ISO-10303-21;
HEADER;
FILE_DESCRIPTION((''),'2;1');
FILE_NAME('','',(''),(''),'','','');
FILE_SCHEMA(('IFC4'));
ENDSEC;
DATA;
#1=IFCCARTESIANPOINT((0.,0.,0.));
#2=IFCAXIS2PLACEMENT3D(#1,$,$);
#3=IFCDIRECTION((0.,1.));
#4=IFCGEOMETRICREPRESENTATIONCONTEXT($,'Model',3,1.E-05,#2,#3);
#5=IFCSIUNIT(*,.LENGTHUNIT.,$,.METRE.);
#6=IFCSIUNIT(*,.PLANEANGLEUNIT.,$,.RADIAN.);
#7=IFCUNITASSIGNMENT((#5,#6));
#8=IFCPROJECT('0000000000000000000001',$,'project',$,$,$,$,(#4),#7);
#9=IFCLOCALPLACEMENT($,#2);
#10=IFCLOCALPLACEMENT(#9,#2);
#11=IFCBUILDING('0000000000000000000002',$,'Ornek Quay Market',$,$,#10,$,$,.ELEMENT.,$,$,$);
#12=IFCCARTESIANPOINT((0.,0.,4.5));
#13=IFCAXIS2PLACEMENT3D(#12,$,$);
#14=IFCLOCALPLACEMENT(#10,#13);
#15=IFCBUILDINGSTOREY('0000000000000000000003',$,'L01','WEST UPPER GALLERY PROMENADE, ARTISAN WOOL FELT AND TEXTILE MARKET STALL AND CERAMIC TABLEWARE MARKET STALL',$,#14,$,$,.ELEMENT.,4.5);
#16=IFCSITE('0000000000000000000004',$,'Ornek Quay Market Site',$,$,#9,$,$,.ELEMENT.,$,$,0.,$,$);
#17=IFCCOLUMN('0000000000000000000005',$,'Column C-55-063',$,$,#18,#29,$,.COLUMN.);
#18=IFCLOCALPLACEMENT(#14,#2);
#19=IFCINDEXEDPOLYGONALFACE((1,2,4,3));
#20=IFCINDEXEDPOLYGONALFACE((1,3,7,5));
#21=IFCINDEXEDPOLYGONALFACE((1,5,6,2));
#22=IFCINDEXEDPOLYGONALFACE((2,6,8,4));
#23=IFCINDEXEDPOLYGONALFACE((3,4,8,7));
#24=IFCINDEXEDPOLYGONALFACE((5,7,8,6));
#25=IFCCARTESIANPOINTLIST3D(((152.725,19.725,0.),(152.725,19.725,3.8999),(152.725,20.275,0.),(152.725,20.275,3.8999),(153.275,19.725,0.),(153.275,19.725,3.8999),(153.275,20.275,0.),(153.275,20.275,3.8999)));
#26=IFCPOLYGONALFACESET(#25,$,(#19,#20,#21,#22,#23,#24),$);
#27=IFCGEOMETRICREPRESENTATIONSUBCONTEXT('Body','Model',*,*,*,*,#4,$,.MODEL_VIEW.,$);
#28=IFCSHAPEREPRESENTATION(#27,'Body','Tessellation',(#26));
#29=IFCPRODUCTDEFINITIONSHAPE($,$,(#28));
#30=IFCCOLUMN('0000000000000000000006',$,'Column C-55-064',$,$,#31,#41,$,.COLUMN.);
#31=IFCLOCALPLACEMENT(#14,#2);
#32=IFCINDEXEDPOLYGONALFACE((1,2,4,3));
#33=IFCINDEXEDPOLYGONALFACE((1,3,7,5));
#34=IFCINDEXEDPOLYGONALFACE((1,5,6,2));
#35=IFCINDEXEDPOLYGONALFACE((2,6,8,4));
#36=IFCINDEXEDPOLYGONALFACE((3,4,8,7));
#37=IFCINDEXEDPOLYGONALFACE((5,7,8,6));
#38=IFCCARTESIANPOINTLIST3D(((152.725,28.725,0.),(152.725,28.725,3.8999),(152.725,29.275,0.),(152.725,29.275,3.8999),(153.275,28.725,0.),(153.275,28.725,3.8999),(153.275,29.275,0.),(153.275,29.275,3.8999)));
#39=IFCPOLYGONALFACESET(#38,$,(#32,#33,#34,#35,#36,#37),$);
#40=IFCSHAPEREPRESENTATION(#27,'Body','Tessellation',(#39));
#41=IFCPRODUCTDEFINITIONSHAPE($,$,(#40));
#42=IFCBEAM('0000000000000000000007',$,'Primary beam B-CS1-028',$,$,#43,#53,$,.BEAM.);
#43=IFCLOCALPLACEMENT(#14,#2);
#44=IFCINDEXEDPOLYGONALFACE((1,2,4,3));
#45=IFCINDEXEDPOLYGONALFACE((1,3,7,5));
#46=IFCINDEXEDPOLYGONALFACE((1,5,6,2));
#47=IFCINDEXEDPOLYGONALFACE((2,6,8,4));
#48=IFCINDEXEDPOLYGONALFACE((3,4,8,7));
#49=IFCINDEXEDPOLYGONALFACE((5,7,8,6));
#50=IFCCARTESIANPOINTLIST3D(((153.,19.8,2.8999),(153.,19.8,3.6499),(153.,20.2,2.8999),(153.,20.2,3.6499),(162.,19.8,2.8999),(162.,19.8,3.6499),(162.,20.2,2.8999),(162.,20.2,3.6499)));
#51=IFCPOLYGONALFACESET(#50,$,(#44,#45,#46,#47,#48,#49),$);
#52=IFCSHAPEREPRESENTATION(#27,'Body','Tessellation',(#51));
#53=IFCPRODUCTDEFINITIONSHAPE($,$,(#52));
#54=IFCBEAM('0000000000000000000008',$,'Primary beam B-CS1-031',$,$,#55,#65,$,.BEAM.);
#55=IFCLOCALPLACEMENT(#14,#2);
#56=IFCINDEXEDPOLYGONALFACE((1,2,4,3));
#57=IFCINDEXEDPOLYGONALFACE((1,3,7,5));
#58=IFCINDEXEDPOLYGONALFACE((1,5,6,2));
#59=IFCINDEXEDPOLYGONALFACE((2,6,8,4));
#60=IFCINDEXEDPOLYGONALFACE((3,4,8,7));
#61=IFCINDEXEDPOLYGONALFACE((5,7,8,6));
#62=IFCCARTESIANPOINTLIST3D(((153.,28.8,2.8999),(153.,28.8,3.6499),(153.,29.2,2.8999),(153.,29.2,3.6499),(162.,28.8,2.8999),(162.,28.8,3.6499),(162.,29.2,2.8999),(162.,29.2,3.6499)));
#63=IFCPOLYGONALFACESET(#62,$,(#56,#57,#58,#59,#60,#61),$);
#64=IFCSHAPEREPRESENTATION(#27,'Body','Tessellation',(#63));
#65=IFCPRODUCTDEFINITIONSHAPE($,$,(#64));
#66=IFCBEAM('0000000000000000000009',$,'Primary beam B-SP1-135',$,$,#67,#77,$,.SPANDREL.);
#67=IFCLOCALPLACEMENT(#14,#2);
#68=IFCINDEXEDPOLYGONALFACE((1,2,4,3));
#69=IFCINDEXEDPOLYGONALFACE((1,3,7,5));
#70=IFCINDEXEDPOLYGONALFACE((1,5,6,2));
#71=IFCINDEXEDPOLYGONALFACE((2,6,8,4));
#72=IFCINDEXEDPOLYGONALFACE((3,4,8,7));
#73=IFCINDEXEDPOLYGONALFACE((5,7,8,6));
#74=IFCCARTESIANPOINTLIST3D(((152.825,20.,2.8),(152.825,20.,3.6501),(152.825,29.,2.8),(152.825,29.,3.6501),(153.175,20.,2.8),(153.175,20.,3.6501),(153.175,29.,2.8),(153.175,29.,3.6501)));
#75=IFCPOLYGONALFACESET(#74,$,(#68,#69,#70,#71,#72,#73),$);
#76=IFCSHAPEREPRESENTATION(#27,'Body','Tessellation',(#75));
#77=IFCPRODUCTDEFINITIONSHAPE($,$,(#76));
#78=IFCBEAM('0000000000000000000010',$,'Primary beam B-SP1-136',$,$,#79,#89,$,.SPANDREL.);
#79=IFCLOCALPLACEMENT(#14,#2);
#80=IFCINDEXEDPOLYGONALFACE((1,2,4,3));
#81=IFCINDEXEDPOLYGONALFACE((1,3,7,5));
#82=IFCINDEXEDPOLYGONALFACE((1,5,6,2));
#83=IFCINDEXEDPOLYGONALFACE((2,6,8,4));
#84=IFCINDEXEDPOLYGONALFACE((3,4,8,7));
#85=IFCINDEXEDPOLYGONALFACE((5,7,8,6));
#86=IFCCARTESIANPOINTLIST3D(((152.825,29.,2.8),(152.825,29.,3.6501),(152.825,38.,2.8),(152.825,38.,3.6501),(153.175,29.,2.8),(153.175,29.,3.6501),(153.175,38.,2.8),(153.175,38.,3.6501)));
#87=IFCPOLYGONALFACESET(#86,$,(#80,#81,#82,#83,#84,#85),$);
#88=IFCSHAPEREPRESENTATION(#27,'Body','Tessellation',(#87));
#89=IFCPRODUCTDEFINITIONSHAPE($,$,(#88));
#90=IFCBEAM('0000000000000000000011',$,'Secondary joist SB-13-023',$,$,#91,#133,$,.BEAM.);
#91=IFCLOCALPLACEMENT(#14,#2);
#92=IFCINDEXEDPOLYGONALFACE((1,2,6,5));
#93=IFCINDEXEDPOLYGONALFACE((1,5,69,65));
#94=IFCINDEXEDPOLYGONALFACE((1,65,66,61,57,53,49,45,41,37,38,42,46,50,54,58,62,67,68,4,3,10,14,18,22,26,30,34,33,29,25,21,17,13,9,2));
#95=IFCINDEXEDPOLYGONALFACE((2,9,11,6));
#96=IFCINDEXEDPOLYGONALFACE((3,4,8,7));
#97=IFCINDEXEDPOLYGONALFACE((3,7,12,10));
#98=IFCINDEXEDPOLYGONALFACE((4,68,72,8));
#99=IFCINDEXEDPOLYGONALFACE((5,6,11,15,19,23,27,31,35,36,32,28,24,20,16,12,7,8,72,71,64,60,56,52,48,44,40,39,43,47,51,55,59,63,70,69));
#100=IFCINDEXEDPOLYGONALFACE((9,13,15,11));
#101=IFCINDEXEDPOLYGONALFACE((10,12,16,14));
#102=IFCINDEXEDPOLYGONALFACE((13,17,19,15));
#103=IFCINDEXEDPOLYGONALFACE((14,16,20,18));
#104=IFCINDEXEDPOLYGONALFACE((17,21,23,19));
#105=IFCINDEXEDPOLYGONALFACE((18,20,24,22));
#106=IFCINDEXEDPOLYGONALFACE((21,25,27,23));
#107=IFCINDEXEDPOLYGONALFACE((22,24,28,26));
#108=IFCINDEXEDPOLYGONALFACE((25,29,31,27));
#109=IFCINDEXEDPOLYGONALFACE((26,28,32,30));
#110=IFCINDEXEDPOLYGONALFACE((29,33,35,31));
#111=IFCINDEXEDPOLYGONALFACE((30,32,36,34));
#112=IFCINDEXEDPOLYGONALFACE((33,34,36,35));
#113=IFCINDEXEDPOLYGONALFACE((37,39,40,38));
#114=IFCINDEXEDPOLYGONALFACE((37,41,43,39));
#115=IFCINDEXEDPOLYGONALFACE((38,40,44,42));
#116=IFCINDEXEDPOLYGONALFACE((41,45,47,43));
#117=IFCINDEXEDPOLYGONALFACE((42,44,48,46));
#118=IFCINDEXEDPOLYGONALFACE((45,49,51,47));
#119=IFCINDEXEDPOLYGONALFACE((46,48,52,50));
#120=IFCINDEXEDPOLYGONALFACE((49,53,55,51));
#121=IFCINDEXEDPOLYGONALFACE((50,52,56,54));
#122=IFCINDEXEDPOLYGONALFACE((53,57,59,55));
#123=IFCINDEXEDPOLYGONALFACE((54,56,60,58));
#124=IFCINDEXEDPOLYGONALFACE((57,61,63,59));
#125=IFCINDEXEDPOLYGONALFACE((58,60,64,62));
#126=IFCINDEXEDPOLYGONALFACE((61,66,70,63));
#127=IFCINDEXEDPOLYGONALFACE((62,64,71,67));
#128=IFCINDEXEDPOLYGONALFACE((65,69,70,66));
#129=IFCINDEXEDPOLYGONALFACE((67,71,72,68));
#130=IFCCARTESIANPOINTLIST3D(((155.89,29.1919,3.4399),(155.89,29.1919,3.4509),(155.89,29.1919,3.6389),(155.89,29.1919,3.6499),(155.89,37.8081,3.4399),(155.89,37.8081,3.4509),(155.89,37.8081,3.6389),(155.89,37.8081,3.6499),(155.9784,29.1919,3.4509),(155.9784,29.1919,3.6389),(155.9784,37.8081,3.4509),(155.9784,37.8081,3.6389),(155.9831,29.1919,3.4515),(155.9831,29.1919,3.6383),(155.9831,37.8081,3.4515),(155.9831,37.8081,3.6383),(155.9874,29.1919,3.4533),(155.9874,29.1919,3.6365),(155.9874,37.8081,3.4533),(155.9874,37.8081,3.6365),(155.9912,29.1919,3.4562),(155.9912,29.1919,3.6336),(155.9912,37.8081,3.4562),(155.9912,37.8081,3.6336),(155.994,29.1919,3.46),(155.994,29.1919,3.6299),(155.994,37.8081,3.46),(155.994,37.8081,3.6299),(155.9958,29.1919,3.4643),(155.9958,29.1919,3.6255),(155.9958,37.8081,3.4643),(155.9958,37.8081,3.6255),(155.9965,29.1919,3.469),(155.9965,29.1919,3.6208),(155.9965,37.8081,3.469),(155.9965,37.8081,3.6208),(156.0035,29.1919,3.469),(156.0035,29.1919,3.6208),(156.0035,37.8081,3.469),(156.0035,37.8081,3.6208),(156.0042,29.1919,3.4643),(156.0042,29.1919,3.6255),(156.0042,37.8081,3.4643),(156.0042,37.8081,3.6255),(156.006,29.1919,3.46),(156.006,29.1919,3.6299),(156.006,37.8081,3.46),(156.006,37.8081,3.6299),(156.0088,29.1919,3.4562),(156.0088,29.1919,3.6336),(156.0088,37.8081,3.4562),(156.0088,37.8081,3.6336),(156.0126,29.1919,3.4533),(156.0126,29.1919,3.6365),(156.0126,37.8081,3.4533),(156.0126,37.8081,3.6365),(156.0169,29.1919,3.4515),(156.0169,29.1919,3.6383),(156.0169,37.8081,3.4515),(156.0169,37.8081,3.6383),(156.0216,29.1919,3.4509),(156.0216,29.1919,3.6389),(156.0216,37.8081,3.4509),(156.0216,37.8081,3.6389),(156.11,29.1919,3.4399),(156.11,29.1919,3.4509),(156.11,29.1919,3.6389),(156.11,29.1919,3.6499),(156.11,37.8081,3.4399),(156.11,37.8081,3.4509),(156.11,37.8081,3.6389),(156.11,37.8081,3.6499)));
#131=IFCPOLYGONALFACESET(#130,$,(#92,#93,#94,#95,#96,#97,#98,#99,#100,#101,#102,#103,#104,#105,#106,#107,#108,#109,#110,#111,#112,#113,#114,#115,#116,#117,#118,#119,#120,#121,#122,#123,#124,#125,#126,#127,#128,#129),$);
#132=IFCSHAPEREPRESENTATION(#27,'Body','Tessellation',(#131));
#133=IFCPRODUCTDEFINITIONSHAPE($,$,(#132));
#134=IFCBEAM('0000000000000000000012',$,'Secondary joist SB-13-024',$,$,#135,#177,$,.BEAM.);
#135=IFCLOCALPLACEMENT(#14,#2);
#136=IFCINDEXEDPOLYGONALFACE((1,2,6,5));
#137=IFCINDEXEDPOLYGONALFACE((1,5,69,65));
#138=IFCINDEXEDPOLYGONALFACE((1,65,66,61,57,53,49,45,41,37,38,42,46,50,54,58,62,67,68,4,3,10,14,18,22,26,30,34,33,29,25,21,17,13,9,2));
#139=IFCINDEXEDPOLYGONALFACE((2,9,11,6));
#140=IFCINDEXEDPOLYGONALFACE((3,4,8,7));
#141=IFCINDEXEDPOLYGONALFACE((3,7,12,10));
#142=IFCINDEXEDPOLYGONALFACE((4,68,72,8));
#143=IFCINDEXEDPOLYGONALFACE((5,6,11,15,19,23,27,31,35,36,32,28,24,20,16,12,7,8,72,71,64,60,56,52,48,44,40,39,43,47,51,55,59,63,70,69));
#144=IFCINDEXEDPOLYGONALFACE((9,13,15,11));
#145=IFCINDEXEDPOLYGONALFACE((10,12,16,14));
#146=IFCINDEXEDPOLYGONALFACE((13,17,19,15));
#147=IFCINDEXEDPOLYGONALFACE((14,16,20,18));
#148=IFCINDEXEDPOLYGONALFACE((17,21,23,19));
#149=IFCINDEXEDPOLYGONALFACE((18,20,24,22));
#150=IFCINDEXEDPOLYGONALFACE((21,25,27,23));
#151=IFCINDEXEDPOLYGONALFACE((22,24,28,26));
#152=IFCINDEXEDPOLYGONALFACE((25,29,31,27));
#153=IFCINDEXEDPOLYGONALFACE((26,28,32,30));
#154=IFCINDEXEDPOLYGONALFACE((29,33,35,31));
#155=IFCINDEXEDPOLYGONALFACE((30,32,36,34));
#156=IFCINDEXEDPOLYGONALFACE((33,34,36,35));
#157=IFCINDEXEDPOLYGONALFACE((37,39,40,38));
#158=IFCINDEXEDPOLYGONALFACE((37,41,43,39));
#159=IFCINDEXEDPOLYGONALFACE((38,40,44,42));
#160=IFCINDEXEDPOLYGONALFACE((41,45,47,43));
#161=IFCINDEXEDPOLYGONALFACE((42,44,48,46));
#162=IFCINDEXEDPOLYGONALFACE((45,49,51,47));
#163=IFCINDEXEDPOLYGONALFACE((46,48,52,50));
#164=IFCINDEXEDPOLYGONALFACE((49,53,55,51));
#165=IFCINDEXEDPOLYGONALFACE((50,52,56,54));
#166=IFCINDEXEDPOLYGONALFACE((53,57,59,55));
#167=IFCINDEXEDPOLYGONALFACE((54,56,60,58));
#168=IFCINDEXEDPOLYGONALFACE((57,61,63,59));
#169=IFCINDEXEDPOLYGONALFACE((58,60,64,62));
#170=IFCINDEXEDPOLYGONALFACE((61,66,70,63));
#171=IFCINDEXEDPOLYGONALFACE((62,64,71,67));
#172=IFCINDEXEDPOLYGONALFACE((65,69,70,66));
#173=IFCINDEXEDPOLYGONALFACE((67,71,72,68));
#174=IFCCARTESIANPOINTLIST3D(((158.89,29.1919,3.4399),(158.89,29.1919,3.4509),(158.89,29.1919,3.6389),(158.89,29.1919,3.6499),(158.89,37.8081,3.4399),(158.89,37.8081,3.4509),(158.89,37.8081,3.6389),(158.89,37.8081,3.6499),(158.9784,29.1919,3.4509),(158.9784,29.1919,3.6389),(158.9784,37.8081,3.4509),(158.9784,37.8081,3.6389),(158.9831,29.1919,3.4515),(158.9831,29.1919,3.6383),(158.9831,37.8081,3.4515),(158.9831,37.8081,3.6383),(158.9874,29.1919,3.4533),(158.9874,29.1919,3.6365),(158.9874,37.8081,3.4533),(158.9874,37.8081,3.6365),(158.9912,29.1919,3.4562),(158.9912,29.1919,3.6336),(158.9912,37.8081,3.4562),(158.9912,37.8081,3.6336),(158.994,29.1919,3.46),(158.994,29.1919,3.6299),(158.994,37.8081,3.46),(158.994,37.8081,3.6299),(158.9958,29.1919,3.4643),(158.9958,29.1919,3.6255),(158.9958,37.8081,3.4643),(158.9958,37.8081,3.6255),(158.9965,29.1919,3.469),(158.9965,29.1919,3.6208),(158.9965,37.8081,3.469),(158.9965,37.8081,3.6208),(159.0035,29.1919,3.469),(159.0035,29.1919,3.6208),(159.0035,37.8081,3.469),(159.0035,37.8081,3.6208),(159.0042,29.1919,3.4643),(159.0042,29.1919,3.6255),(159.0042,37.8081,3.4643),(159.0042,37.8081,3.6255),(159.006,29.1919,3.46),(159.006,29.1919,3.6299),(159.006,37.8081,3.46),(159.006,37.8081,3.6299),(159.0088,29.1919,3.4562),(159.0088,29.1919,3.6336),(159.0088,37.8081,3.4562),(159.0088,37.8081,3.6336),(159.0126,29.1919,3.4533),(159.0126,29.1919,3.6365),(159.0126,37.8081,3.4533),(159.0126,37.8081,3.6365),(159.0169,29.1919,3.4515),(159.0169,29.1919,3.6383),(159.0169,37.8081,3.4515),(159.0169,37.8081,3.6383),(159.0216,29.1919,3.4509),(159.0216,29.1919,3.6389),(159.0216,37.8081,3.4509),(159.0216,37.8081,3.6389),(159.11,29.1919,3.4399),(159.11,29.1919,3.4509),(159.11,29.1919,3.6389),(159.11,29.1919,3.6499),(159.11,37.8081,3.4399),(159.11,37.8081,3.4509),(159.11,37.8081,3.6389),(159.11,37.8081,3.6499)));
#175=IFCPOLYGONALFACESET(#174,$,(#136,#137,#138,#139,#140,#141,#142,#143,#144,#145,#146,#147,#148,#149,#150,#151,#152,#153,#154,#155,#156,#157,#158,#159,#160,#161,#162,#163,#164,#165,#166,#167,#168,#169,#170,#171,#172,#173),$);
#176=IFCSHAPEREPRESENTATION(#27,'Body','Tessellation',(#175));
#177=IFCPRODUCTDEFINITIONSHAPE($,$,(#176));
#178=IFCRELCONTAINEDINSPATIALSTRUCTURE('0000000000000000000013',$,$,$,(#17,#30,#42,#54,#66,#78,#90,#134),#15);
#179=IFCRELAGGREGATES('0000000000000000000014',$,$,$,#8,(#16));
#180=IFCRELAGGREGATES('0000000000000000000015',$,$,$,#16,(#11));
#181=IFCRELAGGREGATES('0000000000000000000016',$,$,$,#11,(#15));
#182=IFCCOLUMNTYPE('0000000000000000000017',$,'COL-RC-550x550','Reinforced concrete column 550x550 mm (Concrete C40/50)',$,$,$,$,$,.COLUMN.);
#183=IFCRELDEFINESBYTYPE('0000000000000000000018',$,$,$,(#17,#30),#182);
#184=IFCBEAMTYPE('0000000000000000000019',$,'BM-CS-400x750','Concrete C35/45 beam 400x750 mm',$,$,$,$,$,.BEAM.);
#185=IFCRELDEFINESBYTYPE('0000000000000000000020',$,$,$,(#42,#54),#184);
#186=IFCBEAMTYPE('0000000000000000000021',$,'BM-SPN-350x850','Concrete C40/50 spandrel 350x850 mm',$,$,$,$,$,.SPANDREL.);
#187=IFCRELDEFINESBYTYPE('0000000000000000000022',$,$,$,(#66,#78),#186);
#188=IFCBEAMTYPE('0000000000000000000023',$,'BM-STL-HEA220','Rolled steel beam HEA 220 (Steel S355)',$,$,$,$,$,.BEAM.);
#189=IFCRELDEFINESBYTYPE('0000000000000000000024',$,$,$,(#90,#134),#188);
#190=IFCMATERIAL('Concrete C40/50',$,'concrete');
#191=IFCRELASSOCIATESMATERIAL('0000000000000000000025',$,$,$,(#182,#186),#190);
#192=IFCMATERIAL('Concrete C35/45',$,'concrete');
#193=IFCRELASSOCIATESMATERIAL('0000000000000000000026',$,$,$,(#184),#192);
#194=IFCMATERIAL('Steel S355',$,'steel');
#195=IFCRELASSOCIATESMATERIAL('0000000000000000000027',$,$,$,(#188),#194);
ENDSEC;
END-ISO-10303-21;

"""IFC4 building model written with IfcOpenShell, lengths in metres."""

from ifc_helpers import new_model, si_unit, direction, frame, origin, origin_2d, place, context, subcontext, project, spatial, rectangle, i_section, extrude, material, material_profile, profile_set, type_object, element, save


model = new_model("IFC4")

# Units and contexts
model_context = context("Model", 3, precision=1e-05, world=origin(), true_north=direction((0.0, 1.0)))
body_context = subcontext(model_context, "Body", "Model", "MODEL_VIEW")
ifc_project = project(units=[si_unit("LENGTHUNIT", "METRE"), si_unit("PLANEANGLEUNIT", "RADIAN")], contexts=[model_context])

# Site, building, storey
site_placement = place(None, origin())
site = spatial("IfcSite", under=ifc_project, at=site_placement, Name="Ornek Quay Market Site", CompositionType="ELEMENT", RefElevation=0.0)
building_placement = place(site_placement, origin())
building = spatial("IfcBuilding", under=site, at=building_placement, Name="Ornek Quay Market", CompositionType="ELEMENT")
storey_placement = place(building_placement, frame((0.0, 0.0, 4.5)))
storey = spatial("IfcBuildingStorey", under=building, at=storey_placement, Name="L01", Description="WEST UPPER GALLERY PROMENADE, ARTISAN WOOL FELT AND TEXTILE MARKET STALL AND CERAMIC TABLEWARE MARKET STALL", CompositionType="ELEMENT", Elevation=4.5)

# Columns
ifc_material_1 = material(Name="Concrete C40/50", Category="concrete")
ifc_material_profile_1 = material_profile(ifc_material_1, rectangle(XDim=0.55, YDim=0.55, at=origin_2d()), Name="RC 550x550", Category="concrete")
ifc_profile_set_1 = profile_set([ifc_material_profile_1], Name="Concrete C40/50")
column_type = type_object("IfcColumnType", Name="COL-RC-550x550", Description="Reinforced concrete column 550x550 mm (Concrete C40/50)", PredefinedType="COLUMN", material=ifc_profile_set_1)
for number, where, z_axis, x_axis, name in (
    (1, (153.0, 20.0, 0.0), (0.0, 0.0, 1.0), (1.0, 0.0, 0.0), "Column C-55-063"),
    (2, (153.0, 29.0, 0.0), (0.0, 0.0, 1.0), (1.0, 0.0, 0.0), "Column C-55-064"),
):
    element("IfcColumn", number, at=place(storey_placement, frame(where, z_axis=z_axis, x_axis=x_axis)), inside=storey, type_object=column_type, Name=name, PredefinedType="COLUMN", context=body_context, shape_type="SweptSolid", body=[
        extrude(rectangle(XDim=0.55, YDim=0.55, at=origin_2d()), origin(), (0.0, 0.0, 1.0), 3.8999),
    ])

# Beams
ifc_material_2 = material(Name="Concrete C35/45", Category="concrete")
ifc_material_profile_2 = material_profile(ifc_material_2, rectangle(XDim=0.3999, YDim=0.75, at=origin_2d()), Name="RC 400x750", Category="concrete")
ifc_profile_set_2 = profile_set([ifc_material_profile_2], Name="Concrete C35/45")
beam_type_1 = type_object("IfcBeamType", Name="BM-CS-400x750", Description="Concrete C35/45 beam 400x750 mm", PredefinedType="BEAM", material=ifc_profile_set_2)
for number, where, z_axis, x_axis, name in (
    (3, (153.0, 20.0, 3.2749), (1.0, 0.0, 0.0), (0.0, 1.0, 0.0), "Primary beam B-CS1-028"),
    (4, (153.0, 29.0, 3.2749), (1.0, 0.0, 0.0), (0.0, 1.0, 0.0), "Primary beam B-CS1-031"),
):
    element("IfcBeam", number, at=place(storey_placement, frame(where, z_axis=z_axis, x_axis=x_axis)), inside=storey, type_object=beam_type_1, Name=name, PredefinedType="BEAM", context=body_context, shape_type="SweptSolid", body=[
        extrude(rectangle(XDim=0.3999, YDim=0.75, at=origin_2d()), origin(), (0.0, 0.0, 1.0), 9.0),
    ])
ifc_material_profile_3 = material_profile(ifc_material_1, rectangle(XDim=0.3501, YDim=0.8501, at=origin_2d()), Name="RC 350x850", Category="concrete")
ifc_profile_set_3 = profile_set([ifc_material_profile_3], Name="Concrete C40/50")
beam_type_2 = type_object("IfcBeamType", Name="BM-SPN-350x850", Description="Concrete C40/50 spandrel 350x850 mm", PredefinedType="SPANDREL", material=ifc_profile_set_3)
for number, where, z_axis, x_axis, name in (
    (5, (153.0, 20.0, 3.2251), (0.0, 1.0, 0.0), (-1.0, 0.0, 0.0), "Primary beam B-SP1-135"),
    (6, (153.0, 29.0, 3.2251), (0.0, 1.0, 0.0), (-1.0, 0.0, 0.0), "Primary beam B-SP1-136"),
):
    element("IfcBeam", number, at=place(storey_placement, frame(where, z_axis=z_axis, x_axis=x_axis)), inside=storey, type_object=beam_type_2, Name=name, PredefinedType="SPANDREL", context=body_context, shape_type="SweptSolid", body=[
        extrude(rectangle(XDim=0.3501, YDim=0.8501, at=origin_2d()), origin(), (0.0, 0.0, 1.0), 9.0),
    ])
ifc_material_3 = material(Name="Steel S355", Category="steel")
ifc_material_profile_4 = material_profile(ifc_material_3, i_section(OverallWidth=0.22, OverallDepth=0.21, WebThickness=0.0071, FlangeThickness=0.011, FilletRadius=0.0181, at=origin_2d()), Name="HEA 220", Category="steel")
ifc_profile_set_4 = profile_set([ifc_material_profile_4], Name="Steel S355")
beam_type_3 = type_object("IfcBeamType", Name="BM-STL-HEA220", Description="Rolled steel beam HEA 220 (Steel S355)", PredefinedType="BEAM", material=ifc_profile_set_4)
for number, where, z_axis, x_axis, name in (
    (7, (156.0, 29.1919, 3.5449), (0.0, 1.0, 0.0), (-1.0, 0.0, 0.0), "Secondary joist SB-13-023"),
    (8, (159.0, 29.1919, 3.5449), (0.0, 1.0, 0.0), (-1.0, 0.0, 0.0), "Secondary joist SB-13-024"),
):
    element("IfcBeam", number, at=place(storey_placement, frame(where, z_axis=z_axis, x_axis=x_axis)), inside=storey, type_object=beam_type_3, Name=name, PredefinedType="BEAM", context=body_context, shape_type="SweptSolid", body=[
        extrude(i_section(OverallWidth=0.22, OverallDepth=0.21, WebThickness=0.0071, FlangeThickness=0.011, FilletRadius=0.0181, at=origin_2d()), origin(), (0.0, 0.0, 1.0), 8.6162),
    ])

save(model, "model.ifc")
